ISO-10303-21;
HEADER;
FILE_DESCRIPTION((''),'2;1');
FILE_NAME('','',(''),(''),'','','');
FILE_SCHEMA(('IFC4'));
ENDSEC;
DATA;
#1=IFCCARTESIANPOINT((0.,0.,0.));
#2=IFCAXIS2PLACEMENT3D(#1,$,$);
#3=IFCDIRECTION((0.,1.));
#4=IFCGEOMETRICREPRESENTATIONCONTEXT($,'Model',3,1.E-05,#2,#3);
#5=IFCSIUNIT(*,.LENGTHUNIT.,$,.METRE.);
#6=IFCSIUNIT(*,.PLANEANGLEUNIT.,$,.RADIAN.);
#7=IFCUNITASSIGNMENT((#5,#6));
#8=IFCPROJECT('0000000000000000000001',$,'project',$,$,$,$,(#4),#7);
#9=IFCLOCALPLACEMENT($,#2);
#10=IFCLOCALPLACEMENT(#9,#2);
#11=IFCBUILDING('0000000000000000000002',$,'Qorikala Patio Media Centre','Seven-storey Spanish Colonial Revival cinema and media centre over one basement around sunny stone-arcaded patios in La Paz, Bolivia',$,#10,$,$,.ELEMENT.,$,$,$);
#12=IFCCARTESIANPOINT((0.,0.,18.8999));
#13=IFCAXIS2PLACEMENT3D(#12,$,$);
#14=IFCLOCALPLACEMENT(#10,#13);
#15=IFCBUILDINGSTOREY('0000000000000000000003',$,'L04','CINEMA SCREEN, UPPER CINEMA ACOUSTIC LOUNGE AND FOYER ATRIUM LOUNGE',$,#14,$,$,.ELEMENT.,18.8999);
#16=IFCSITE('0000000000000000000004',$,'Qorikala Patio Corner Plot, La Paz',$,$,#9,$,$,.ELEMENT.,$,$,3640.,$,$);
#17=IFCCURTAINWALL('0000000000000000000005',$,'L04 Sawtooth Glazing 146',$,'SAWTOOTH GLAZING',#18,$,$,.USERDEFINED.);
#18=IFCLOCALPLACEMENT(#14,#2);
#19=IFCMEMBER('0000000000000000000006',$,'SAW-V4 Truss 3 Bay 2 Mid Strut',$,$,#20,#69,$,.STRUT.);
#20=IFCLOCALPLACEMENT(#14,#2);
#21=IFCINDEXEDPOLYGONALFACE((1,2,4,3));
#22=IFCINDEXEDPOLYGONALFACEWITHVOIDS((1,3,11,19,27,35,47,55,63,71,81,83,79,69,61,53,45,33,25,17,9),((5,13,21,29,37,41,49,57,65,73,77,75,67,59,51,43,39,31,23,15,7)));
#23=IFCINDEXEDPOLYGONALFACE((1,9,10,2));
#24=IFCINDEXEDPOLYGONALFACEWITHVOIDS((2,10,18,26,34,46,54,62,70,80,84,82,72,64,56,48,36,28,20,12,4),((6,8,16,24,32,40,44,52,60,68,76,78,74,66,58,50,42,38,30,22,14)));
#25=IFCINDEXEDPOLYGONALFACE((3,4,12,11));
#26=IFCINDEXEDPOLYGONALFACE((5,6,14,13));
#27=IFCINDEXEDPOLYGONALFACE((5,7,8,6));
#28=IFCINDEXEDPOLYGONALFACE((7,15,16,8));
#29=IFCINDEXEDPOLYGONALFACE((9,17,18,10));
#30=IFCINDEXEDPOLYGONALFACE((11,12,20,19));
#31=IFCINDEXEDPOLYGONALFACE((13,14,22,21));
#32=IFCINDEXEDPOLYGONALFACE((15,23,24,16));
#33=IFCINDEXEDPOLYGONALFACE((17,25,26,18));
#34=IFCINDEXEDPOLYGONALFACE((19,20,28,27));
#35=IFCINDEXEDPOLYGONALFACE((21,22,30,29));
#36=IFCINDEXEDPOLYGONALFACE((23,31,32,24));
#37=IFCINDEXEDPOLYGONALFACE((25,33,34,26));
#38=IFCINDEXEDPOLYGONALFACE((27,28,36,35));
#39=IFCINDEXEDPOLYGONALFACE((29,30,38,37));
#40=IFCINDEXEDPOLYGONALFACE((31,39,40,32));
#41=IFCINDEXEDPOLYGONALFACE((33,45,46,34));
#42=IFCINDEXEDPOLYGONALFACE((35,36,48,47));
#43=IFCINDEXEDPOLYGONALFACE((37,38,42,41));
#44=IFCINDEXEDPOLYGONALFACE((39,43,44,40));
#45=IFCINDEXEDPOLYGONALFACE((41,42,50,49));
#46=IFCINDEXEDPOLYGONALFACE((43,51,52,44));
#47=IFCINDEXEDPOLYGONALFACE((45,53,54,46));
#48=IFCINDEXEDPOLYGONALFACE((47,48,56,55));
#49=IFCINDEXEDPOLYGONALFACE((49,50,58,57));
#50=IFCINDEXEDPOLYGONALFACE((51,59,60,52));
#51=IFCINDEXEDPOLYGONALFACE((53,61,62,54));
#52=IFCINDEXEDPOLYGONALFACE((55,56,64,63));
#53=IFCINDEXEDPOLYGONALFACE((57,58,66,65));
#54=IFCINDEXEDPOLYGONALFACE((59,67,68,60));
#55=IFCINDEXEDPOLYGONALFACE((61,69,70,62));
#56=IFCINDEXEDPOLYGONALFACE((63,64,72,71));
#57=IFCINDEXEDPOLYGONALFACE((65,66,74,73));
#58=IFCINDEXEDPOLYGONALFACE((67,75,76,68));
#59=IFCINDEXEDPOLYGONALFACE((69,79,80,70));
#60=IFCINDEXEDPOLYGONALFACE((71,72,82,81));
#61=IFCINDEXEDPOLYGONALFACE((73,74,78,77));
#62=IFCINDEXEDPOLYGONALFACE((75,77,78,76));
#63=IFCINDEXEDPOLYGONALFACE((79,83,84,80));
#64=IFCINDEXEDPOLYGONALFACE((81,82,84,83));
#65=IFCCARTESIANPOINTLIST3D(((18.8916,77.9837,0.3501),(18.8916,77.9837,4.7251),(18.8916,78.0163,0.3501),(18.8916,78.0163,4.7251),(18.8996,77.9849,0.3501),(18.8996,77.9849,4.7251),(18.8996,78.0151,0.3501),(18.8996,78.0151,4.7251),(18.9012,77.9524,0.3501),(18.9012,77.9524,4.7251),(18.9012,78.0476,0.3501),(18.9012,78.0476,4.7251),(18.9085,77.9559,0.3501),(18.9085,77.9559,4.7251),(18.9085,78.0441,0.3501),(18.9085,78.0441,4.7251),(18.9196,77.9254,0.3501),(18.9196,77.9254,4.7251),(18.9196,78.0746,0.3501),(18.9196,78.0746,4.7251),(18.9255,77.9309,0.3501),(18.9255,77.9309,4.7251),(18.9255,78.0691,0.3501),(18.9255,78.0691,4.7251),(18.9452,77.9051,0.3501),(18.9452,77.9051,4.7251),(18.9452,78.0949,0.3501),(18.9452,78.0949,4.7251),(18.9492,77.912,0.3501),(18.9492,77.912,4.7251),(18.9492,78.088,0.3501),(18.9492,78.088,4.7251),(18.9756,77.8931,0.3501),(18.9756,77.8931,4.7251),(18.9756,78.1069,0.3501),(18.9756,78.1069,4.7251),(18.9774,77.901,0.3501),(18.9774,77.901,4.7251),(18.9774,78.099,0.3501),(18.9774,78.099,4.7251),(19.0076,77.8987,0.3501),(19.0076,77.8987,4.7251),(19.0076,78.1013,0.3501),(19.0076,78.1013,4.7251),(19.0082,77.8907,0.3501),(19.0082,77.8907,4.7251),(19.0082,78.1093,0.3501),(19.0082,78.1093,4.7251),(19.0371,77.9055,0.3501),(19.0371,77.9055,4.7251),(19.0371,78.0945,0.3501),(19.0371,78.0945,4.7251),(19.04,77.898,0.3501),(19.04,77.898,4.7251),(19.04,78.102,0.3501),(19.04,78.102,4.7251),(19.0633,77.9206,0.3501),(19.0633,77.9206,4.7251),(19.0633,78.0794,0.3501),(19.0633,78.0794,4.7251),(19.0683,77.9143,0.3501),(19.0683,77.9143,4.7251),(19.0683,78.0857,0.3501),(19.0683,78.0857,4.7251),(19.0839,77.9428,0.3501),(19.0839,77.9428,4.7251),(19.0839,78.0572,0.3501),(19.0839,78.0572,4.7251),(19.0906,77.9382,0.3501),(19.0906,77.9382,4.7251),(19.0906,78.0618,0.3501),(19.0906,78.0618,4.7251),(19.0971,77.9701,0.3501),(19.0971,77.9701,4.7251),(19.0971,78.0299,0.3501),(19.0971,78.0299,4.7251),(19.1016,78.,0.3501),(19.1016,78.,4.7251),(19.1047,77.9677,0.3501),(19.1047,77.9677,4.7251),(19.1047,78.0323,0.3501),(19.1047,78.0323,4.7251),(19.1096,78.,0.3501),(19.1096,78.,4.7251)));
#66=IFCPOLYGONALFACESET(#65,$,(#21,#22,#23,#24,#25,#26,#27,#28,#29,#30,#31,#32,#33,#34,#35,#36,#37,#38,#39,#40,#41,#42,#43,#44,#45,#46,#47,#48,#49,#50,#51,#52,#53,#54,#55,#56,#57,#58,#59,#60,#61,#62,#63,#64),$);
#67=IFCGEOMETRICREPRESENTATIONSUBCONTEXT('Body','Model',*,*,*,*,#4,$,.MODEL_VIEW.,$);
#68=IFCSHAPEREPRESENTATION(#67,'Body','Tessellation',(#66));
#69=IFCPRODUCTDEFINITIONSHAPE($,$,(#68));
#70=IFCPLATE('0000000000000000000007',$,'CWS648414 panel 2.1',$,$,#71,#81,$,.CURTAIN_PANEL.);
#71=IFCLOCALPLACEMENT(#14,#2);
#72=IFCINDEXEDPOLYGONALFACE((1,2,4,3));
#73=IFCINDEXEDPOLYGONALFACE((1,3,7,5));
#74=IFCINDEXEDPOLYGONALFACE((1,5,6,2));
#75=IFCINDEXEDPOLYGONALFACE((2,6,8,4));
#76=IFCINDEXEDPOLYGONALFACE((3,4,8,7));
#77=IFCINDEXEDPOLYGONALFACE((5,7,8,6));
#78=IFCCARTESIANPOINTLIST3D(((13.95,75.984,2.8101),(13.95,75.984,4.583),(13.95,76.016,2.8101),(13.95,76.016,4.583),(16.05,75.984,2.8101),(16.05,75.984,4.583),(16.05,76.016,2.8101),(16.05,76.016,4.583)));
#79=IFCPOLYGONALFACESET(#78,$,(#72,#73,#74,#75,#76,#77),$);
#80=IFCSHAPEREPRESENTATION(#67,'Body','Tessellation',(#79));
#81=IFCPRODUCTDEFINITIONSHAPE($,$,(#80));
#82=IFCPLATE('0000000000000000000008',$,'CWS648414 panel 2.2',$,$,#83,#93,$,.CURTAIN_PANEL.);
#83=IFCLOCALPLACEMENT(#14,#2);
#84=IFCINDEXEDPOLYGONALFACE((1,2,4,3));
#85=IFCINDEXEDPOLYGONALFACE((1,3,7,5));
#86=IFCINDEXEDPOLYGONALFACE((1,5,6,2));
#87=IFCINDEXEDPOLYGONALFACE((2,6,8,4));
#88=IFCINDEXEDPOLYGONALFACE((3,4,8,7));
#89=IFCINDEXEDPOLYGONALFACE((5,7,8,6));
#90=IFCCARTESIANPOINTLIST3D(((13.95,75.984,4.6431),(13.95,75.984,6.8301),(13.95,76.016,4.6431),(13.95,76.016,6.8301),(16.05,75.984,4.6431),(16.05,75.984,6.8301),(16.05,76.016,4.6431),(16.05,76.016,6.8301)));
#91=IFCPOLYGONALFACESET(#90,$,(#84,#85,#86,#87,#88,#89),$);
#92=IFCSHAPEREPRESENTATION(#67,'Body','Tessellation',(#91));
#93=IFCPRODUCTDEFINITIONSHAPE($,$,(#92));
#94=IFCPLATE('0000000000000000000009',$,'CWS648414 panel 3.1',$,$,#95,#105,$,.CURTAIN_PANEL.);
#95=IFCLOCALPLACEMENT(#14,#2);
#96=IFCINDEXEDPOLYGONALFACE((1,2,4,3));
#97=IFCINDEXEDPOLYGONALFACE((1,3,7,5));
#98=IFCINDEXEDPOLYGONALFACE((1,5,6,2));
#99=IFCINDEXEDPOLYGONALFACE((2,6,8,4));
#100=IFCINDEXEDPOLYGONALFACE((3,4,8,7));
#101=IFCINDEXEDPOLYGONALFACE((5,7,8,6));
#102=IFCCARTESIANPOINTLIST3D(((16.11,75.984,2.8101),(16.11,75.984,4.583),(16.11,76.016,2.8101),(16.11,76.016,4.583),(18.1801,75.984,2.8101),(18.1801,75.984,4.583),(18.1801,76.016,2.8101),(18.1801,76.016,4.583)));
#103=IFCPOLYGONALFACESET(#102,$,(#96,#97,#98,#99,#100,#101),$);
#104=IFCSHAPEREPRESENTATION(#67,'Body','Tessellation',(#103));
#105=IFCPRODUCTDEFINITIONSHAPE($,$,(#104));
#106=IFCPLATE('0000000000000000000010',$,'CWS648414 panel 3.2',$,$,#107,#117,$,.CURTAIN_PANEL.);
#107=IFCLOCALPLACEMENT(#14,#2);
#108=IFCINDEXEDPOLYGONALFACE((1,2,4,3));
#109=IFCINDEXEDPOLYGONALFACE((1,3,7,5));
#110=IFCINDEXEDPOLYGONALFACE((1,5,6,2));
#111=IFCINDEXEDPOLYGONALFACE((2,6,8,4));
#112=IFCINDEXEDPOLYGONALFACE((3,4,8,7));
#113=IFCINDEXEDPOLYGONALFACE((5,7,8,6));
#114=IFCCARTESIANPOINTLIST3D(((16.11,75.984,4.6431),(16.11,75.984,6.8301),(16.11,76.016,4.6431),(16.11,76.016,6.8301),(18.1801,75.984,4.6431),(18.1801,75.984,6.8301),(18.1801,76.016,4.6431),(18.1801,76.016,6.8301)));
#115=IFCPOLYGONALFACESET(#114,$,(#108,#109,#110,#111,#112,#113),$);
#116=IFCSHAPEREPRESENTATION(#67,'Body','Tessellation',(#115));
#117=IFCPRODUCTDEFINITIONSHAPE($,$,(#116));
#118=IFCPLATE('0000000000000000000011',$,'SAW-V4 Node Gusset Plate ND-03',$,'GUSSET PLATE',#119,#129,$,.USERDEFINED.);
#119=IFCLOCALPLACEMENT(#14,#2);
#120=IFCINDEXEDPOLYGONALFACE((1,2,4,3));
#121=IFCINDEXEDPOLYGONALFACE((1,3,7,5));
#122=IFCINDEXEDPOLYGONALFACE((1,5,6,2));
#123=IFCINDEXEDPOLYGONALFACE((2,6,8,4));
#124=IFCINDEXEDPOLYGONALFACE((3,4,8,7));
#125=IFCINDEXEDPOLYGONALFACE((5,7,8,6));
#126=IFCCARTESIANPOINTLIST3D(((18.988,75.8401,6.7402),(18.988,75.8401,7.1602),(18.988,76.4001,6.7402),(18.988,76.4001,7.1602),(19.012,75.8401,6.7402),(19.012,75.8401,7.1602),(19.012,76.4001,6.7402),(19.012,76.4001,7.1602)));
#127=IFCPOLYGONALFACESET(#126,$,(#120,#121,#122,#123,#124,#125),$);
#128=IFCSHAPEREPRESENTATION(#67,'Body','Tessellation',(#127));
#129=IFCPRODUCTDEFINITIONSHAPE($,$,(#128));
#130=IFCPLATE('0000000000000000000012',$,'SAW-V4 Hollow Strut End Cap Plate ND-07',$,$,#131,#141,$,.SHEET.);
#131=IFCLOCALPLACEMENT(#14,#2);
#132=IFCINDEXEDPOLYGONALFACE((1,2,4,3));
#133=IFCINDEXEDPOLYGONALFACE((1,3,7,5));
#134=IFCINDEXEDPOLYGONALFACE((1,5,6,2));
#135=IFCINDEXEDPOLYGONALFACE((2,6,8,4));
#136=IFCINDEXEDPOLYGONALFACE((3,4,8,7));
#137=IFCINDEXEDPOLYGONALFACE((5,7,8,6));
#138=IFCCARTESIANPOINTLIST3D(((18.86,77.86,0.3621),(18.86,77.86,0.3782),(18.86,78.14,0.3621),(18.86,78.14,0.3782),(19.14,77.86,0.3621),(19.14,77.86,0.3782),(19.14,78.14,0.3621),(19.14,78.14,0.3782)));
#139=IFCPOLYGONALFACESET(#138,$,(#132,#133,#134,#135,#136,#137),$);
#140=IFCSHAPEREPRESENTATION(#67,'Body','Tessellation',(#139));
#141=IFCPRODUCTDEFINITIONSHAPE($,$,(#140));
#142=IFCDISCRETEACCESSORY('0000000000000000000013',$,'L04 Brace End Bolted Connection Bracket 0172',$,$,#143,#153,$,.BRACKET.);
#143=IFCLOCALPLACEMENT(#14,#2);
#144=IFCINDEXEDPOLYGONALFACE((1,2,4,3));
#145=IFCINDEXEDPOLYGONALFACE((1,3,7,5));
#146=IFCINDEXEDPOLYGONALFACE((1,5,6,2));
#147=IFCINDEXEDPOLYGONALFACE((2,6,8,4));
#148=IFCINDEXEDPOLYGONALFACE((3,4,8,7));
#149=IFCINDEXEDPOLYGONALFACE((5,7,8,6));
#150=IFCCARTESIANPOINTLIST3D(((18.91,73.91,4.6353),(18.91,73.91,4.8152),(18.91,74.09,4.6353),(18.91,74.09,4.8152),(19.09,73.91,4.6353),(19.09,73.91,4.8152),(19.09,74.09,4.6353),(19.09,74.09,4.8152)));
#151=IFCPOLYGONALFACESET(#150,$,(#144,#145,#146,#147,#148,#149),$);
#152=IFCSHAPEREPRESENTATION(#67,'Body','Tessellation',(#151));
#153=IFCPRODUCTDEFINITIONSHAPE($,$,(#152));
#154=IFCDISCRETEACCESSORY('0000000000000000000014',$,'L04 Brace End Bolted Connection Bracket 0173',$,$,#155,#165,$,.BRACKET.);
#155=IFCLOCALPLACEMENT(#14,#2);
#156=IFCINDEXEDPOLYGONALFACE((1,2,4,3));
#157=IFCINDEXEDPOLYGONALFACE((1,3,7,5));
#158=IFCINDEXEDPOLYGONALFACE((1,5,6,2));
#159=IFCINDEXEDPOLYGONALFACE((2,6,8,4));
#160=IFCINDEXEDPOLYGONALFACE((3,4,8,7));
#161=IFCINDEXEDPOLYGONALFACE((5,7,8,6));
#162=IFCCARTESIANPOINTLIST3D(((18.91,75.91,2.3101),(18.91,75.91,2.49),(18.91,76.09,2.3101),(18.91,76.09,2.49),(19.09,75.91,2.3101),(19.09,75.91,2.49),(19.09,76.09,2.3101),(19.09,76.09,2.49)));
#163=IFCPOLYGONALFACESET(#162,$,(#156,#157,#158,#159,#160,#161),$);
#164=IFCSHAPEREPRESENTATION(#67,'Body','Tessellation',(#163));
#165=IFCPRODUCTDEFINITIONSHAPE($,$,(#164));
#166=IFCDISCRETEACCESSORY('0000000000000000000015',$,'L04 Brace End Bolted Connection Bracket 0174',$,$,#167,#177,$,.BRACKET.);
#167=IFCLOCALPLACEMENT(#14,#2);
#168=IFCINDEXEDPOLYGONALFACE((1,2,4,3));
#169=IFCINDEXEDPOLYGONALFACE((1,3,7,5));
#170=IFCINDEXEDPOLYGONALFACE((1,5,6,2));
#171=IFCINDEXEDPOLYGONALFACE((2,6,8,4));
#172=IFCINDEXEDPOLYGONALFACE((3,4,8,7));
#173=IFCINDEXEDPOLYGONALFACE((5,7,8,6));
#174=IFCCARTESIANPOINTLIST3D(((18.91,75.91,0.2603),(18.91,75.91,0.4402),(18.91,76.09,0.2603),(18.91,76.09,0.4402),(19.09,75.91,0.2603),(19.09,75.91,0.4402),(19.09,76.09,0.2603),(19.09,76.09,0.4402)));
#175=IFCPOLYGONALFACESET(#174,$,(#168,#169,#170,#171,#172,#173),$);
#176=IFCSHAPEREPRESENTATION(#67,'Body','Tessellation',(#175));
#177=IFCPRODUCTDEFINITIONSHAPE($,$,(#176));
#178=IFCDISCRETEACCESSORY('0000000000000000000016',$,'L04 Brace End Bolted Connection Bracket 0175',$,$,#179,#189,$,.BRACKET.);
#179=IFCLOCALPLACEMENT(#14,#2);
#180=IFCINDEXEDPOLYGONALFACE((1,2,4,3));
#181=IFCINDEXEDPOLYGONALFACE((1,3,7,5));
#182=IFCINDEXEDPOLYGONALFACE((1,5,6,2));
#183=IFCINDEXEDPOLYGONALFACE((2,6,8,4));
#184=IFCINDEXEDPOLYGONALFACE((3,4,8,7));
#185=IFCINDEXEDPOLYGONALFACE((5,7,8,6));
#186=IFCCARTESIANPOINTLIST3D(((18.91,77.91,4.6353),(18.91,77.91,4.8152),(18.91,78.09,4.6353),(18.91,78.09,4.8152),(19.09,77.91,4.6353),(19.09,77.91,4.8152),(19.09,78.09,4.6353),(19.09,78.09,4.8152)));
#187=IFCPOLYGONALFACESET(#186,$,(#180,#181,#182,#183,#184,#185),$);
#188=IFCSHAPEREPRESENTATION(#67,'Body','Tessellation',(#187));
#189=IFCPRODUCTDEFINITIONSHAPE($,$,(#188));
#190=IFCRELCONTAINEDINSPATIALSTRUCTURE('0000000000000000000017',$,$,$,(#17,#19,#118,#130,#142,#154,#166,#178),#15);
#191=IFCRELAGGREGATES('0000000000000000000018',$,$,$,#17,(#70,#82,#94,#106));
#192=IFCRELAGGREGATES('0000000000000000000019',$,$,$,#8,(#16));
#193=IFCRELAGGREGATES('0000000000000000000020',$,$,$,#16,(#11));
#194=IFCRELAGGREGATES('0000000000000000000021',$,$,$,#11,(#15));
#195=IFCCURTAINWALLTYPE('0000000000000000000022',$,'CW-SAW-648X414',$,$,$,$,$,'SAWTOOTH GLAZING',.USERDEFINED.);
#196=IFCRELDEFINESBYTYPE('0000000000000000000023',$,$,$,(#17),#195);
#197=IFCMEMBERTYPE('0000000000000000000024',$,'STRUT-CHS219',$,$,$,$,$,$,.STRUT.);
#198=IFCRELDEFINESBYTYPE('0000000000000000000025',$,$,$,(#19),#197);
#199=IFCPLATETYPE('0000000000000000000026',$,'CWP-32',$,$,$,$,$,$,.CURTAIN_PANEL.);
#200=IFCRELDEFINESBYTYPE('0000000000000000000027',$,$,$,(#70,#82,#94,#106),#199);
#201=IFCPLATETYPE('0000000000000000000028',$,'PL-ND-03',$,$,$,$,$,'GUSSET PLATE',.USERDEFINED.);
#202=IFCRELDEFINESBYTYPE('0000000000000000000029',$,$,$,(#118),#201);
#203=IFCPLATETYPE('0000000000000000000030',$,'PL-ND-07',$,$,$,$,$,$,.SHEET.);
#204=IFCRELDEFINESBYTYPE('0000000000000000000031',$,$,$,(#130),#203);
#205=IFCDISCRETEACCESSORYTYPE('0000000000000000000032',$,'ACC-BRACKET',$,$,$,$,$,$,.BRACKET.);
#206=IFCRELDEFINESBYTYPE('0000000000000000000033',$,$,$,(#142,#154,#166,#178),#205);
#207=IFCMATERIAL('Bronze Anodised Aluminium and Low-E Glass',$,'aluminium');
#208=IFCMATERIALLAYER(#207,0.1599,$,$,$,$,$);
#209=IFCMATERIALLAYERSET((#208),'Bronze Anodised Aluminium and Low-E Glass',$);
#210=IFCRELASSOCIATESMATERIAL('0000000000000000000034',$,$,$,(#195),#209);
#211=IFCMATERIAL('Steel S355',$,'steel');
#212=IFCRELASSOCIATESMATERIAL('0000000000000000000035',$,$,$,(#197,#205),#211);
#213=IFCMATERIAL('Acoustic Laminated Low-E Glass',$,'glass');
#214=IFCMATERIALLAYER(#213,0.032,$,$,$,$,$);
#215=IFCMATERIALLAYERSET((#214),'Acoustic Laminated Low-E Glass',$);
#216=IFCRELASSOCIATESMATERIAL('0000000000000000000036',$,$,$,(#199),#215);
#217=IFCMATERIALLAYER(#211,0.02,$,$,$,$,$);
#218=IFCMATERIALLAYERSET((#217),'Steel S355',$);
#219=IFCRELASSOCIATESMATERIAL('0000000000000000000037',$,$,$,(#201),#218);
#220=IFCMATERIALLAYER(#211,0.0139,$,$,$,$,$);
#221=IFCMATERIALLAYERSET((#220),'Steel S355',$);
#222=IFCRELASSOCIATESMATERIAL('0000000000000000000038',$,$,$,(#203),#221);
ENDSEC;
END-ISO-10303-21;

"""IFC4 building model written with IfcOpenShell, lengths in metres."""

from ifc_helpers import new_model, si_unit, direction, frame, origin, origin_2d, place, context, subcontext, project, spatial, rectangle, hollow_circle, extrude, material, layer, layer_set, material_profile, profile_set, type_object, element, aggregate, save


model = new_model("IFC4")

# Units and contexts
model_context = context("Model", 3, precision=1e-05, world=origin(), true_north=direction((0.0, 1.0)))
body_context = subcontext(model_context, "Body", "Model", "MODEL_VIEW")
ifc_project = project(units=[si_unit("LENGTHUNIT", "METRE"), si_unit("PLANEANGLEUNIT", "RADIAN")], contexts=[model_context])

# Site, building, storey
site_placement = place(None, origin())
site = spatial("IfcSite", under=ifc_project, at=site_placement, Name="Qorikala Patio Corner Plot, La Paz", CompositionType="ELEMENT", RefElevation=3640.0)
building_placement = place(site_placement, origin())
building = spatial("IfcBuilding", under=site, at=building_placement, Name="Qorikala Patio Media Centre", Description="Seven-storey Spanish Colonial Revival cinema and media centre over one basement around sunny stone-arcaded patios in La Paz, Bolivia", CompositionType="ELEMENT")
storey_placement = place(building_placement, frame((0.0, 0.0, 18.8999)))
storey = spatial("IfcBuildingStorey", under=building, at=storey_placement, Name="L04", Description="CINEMA SCREEN, UPPER CINEMA ACOUSTIC LOUNGE AND FOYER ATRIUM LOUNGE", CompositionType="ELEMENT", Elevation=18.8999)

# Shared definitions
ifc_material_1 = material(Name="Steel S355", Category="steel")

# Curtain wall
ifc_material_2 = material(Name="Bronze Anodised Aluminium and Low-E Glass", Category="aluminium")
ifc_layer_1 = layer(ifc_material_2, 0.1599)
ifc_layer_set_1 = layer_set([ifc_layer_1], Name="Bronze Anodised Aluminium and Low-E Glass")
curtain_wall_type_1 = type_object("IfcCurtainWallType", Name="CW-SAW-648X414", ElementType="SAWTOOTH GLAZING", PredefinedType="USERDEFINED", material=ifc_layer_set_1)
curtain_wall_1_placement = place(storey_placement, origin())
curtain_wall_1 = element("IfcCurtainWall", 1, at=curtain_wall_1_placement, inside=storey, type_object=curtain_wall_type_1, Name="L04 Sawtooth Glazing 146", ObjectType="SAWTOOTH GLAZING", PredefinedType="USERDEFINED")

# Member
ifc_material_profile_1 = material_profile(ifc_material_1, hollow_circle(Radius=0.1096, WallThickness=0.0081, at=origin_2d()), Name="CHS219X8")
ifc_profile_set_1 = profile_set([ifc_material_profile_1], Name="Steel S355")
member_type_1 = type_object("IfcMemberType", Name="STRUT-CHS219", PredefinedType="STRUT", material=ifc_profile_set_1)
member_1_placement = place(storey_placement, frame((19.0, 78.0, 0.3501), z_axis=(0.0, 0.0, 1.0), x_axis=(1.0, 0.0, 0.0)))
element("IfcMember", 2, at=member_1_placement, inside=storey, type_object=member_type_1, Name="SAW-V4 Truss 3 Bay 2 Mid Strut", PredefinedType="STRUT", context=body_context, shape_type="SweptSolid", body=[
    extrude(hollow_circle(Radius=0.1096, WallThickness=0.0081, at=origin_2d()), origin(), (0.0, 0.0, 1.0), 4.375),
])

# Plates
ifc_material_3 = material(Name="Acoustic Laminated Low-E Glass", Category="glass")
ifc_layer_2 = layer(ifc_material_3, 0.032)
ifc_layer_set_2 = layer_set([ifc_layer_2], Name="Acoustic Laminated Low-E Glass")
plate_type_1 = type_object("IfcPlateType", Name="CWP-32", PredefinedType="CURTAIN_PANEL", material=ifc_layer_set_2)
plate_1_placement = place(storey_placement, frame((15.0, 76.0, 2.8101), z_axis=(0.0, 0.0, 1.0), x_axis=(1.0, 0.0, 0.0)))
plate_1 = element("IfcPlate", 3, at=plate_1_placement, type_object=plate_type_1, Name="CWS648414 panel 2.1", PredefinedType="CURTAIN_PANEL", context=body_context, shape_type="SweptSolid", body=[
    extrude(rectangle(XDim=2.1001, YDim=0.032, at=origin_2d()), origin(), (0.0, 0.0, 1.0), 1.7729),
])
plate_2_placement = place(storey_placement, frame((15.0, 76.0, 4.6431), z_axis=(0.0, 0.0, 1.0), x_axis=(1.0, 0.0, 0.0)))
plate_2 = element("IfcPlate", 4, at=plate_2_placement, type_object=plate_type_1, Name="CWS648414 panel 2.2", PredefinedType="CURTAIN_PANEL", context=body_context, shape_type="SweptSolid", body=[
    extrude(rectangle(XDim=2.1001, YDim=0.032, at=origin_2d()), origin(), (0.0, 0.0, 1.0), 2.187),
])
plate_3_placement = place(storey_placement, frame((17.145, 76.0, 2.8101), z_axis=(0.0, 0.0, 1.0), x_axis=(1.0, 0.0, 0.0)))
plate_3 = element("IfcPlate", 5, at=plate_3_placement, type_object=plate_type_1, Name="CWS648414 panel 3.1", PredefinedType="CURTAIN_PANEL", context=body_context, shape_type="SweptSolid", body=[
    extrude(rectangle(XDim=2.0701, YDim=0.032, at=origin_2d()), origin(), (0.0, 0.0, 1.0), 1.7729),
])
plate_4_placement = place(storey_placement, frame((17.145, 76.0, 4.6431), z_axis=(0.0, 0.0, 1.0), x_axis=(1.0, 0.0, 0.0)))
plate_4 = element("IfcPlate", 6, at=plate_4_placement, type_object=plate_type_1, Name="CWS648414 panel 3.2", PredefinedType="CURTAIN_PANEL", context=body_context, shape_type="SweptSolid", body=[
    extrude(rectangle(XDim=2.0701, YDim=0.032, at=origin_2d()), origin(), (0.0, 0.0, 1.0), 2.187),
])
aggregate(curtain_wall_1, [plate_1, plate_2, plate_3, plate_4])

# Plates
ifc_layer_3 = layer(ifc_material_1, 0.02)
ifc_layer_set_3 = layer_set([ifc_layer_3], Name="Steel S355")
plate_type_2 = type_object("IfcPlateType", Name="PL-ND-03", ElementType="GUSSET PLATE", PredefinedType="USERDEFINED", material=ifc_layer_set_3)
plate_5_placement = place(storey_placement, frame((19.0, 76.1201, 6.7402), z_axis=(0.0, 0.0, 1.0), x_axis=(1.0, 0.0, 0.0)))
element("IfcPlate", 7, at=plate_5_placement, inside=storey, type_object=plate_type_2, Name="SAW-V4 Node Gusset Plate ND-03", ObjectType="GUSSET PLATE", PredefinedType="USERDEFINED", context=body_context, shape_type="SweptSolid", body=[
    extrude(rectangle(XDim=0.0239, YDim=0.5601, at=origin_2d()), origin(), (0.0, 0.0, 1.0), 0.4199),
])
ifc_layer_4 = layer(ifc_material_1, 0.0139)
ifc_layer_set_4 = layer_set([ifc_layer_4], Name="Steel S355")
plate_type_3 = type_object("IfcPlateType", Name="PL-ND-07", PredefinedType="SHEET", material=ifc_layer_set_4)
plate_6_placement = place(storey_placement, frame((19.0, 78.0, 0.3621), z_axis=(0.0, 0.0, 1.0), x_axis=(1.0, 0.0, 0.0)))
element("IfcPlate", 8, at=plate_6_placement, inside=storey, type_object=plate_type_3, Name="SAW-V4 Hollow Strut End Cap Plate ND-07", PredefinedType="SHEET", context=body_context, shape_type="SweptSolid", body=[
    extrude(rectangle(XDim=0.28, YDim=0.28, at=origin_2d()), origin(), (0.0, 0.0, 1.0), 0.0161),
])

# Discrete accessories
discrete_accessory_type = type_object("IfcDiscreteAccessoryType", Name="ACC-BRACKET", PredefinedType="BRACKET", material=ifc_material_1)
for number, where, z_axis, x_axis, name in (
    (9, (19.0, 74.0, 4.6353), (0.0, 0.0, 1.0), (1.0, 0.0, 0.0), "L04 Brace End Bolted Connection Bracket 0172"),
    (10, (19.0, 76.0, 2.3101), (0.0, 0.0, 1.0), (1.0, 0.0, 0.0), "L04 Brace End Bolted Connection Bracket 0173"),
    (11, (19.0, 76.0, 0.2603), (0.0, 0.0, 1.0), (1.0, 0.0, 0.0), "L04 Brace End Bolted Connection Bracket 0174"),
    (12, (19.0, 78.0, 4.6353), (0.0, 0.0, 1.0), (1.0, 0.0, 0.0), "L04 Brace End Bolted Connection Bracket 0175"),
):
    element("IfcDiscreteAccessory", number, at=place(storey_placement, frame(where, z_axis=z_axis, x_axis=x_axis)), inside=storey, type_object=discrete_accessory_type, Name=name, PredefinedType="BRACKET", context=body_context, shape_type="SweptSolid", body=[
        extrude(rectangle(XDim=0.1799, YDim=0.1799, at=origin_2d()), origin(), (0.0, 0.0, 1.0), 0.1799),
    ])

save(model, "model.ifc")
